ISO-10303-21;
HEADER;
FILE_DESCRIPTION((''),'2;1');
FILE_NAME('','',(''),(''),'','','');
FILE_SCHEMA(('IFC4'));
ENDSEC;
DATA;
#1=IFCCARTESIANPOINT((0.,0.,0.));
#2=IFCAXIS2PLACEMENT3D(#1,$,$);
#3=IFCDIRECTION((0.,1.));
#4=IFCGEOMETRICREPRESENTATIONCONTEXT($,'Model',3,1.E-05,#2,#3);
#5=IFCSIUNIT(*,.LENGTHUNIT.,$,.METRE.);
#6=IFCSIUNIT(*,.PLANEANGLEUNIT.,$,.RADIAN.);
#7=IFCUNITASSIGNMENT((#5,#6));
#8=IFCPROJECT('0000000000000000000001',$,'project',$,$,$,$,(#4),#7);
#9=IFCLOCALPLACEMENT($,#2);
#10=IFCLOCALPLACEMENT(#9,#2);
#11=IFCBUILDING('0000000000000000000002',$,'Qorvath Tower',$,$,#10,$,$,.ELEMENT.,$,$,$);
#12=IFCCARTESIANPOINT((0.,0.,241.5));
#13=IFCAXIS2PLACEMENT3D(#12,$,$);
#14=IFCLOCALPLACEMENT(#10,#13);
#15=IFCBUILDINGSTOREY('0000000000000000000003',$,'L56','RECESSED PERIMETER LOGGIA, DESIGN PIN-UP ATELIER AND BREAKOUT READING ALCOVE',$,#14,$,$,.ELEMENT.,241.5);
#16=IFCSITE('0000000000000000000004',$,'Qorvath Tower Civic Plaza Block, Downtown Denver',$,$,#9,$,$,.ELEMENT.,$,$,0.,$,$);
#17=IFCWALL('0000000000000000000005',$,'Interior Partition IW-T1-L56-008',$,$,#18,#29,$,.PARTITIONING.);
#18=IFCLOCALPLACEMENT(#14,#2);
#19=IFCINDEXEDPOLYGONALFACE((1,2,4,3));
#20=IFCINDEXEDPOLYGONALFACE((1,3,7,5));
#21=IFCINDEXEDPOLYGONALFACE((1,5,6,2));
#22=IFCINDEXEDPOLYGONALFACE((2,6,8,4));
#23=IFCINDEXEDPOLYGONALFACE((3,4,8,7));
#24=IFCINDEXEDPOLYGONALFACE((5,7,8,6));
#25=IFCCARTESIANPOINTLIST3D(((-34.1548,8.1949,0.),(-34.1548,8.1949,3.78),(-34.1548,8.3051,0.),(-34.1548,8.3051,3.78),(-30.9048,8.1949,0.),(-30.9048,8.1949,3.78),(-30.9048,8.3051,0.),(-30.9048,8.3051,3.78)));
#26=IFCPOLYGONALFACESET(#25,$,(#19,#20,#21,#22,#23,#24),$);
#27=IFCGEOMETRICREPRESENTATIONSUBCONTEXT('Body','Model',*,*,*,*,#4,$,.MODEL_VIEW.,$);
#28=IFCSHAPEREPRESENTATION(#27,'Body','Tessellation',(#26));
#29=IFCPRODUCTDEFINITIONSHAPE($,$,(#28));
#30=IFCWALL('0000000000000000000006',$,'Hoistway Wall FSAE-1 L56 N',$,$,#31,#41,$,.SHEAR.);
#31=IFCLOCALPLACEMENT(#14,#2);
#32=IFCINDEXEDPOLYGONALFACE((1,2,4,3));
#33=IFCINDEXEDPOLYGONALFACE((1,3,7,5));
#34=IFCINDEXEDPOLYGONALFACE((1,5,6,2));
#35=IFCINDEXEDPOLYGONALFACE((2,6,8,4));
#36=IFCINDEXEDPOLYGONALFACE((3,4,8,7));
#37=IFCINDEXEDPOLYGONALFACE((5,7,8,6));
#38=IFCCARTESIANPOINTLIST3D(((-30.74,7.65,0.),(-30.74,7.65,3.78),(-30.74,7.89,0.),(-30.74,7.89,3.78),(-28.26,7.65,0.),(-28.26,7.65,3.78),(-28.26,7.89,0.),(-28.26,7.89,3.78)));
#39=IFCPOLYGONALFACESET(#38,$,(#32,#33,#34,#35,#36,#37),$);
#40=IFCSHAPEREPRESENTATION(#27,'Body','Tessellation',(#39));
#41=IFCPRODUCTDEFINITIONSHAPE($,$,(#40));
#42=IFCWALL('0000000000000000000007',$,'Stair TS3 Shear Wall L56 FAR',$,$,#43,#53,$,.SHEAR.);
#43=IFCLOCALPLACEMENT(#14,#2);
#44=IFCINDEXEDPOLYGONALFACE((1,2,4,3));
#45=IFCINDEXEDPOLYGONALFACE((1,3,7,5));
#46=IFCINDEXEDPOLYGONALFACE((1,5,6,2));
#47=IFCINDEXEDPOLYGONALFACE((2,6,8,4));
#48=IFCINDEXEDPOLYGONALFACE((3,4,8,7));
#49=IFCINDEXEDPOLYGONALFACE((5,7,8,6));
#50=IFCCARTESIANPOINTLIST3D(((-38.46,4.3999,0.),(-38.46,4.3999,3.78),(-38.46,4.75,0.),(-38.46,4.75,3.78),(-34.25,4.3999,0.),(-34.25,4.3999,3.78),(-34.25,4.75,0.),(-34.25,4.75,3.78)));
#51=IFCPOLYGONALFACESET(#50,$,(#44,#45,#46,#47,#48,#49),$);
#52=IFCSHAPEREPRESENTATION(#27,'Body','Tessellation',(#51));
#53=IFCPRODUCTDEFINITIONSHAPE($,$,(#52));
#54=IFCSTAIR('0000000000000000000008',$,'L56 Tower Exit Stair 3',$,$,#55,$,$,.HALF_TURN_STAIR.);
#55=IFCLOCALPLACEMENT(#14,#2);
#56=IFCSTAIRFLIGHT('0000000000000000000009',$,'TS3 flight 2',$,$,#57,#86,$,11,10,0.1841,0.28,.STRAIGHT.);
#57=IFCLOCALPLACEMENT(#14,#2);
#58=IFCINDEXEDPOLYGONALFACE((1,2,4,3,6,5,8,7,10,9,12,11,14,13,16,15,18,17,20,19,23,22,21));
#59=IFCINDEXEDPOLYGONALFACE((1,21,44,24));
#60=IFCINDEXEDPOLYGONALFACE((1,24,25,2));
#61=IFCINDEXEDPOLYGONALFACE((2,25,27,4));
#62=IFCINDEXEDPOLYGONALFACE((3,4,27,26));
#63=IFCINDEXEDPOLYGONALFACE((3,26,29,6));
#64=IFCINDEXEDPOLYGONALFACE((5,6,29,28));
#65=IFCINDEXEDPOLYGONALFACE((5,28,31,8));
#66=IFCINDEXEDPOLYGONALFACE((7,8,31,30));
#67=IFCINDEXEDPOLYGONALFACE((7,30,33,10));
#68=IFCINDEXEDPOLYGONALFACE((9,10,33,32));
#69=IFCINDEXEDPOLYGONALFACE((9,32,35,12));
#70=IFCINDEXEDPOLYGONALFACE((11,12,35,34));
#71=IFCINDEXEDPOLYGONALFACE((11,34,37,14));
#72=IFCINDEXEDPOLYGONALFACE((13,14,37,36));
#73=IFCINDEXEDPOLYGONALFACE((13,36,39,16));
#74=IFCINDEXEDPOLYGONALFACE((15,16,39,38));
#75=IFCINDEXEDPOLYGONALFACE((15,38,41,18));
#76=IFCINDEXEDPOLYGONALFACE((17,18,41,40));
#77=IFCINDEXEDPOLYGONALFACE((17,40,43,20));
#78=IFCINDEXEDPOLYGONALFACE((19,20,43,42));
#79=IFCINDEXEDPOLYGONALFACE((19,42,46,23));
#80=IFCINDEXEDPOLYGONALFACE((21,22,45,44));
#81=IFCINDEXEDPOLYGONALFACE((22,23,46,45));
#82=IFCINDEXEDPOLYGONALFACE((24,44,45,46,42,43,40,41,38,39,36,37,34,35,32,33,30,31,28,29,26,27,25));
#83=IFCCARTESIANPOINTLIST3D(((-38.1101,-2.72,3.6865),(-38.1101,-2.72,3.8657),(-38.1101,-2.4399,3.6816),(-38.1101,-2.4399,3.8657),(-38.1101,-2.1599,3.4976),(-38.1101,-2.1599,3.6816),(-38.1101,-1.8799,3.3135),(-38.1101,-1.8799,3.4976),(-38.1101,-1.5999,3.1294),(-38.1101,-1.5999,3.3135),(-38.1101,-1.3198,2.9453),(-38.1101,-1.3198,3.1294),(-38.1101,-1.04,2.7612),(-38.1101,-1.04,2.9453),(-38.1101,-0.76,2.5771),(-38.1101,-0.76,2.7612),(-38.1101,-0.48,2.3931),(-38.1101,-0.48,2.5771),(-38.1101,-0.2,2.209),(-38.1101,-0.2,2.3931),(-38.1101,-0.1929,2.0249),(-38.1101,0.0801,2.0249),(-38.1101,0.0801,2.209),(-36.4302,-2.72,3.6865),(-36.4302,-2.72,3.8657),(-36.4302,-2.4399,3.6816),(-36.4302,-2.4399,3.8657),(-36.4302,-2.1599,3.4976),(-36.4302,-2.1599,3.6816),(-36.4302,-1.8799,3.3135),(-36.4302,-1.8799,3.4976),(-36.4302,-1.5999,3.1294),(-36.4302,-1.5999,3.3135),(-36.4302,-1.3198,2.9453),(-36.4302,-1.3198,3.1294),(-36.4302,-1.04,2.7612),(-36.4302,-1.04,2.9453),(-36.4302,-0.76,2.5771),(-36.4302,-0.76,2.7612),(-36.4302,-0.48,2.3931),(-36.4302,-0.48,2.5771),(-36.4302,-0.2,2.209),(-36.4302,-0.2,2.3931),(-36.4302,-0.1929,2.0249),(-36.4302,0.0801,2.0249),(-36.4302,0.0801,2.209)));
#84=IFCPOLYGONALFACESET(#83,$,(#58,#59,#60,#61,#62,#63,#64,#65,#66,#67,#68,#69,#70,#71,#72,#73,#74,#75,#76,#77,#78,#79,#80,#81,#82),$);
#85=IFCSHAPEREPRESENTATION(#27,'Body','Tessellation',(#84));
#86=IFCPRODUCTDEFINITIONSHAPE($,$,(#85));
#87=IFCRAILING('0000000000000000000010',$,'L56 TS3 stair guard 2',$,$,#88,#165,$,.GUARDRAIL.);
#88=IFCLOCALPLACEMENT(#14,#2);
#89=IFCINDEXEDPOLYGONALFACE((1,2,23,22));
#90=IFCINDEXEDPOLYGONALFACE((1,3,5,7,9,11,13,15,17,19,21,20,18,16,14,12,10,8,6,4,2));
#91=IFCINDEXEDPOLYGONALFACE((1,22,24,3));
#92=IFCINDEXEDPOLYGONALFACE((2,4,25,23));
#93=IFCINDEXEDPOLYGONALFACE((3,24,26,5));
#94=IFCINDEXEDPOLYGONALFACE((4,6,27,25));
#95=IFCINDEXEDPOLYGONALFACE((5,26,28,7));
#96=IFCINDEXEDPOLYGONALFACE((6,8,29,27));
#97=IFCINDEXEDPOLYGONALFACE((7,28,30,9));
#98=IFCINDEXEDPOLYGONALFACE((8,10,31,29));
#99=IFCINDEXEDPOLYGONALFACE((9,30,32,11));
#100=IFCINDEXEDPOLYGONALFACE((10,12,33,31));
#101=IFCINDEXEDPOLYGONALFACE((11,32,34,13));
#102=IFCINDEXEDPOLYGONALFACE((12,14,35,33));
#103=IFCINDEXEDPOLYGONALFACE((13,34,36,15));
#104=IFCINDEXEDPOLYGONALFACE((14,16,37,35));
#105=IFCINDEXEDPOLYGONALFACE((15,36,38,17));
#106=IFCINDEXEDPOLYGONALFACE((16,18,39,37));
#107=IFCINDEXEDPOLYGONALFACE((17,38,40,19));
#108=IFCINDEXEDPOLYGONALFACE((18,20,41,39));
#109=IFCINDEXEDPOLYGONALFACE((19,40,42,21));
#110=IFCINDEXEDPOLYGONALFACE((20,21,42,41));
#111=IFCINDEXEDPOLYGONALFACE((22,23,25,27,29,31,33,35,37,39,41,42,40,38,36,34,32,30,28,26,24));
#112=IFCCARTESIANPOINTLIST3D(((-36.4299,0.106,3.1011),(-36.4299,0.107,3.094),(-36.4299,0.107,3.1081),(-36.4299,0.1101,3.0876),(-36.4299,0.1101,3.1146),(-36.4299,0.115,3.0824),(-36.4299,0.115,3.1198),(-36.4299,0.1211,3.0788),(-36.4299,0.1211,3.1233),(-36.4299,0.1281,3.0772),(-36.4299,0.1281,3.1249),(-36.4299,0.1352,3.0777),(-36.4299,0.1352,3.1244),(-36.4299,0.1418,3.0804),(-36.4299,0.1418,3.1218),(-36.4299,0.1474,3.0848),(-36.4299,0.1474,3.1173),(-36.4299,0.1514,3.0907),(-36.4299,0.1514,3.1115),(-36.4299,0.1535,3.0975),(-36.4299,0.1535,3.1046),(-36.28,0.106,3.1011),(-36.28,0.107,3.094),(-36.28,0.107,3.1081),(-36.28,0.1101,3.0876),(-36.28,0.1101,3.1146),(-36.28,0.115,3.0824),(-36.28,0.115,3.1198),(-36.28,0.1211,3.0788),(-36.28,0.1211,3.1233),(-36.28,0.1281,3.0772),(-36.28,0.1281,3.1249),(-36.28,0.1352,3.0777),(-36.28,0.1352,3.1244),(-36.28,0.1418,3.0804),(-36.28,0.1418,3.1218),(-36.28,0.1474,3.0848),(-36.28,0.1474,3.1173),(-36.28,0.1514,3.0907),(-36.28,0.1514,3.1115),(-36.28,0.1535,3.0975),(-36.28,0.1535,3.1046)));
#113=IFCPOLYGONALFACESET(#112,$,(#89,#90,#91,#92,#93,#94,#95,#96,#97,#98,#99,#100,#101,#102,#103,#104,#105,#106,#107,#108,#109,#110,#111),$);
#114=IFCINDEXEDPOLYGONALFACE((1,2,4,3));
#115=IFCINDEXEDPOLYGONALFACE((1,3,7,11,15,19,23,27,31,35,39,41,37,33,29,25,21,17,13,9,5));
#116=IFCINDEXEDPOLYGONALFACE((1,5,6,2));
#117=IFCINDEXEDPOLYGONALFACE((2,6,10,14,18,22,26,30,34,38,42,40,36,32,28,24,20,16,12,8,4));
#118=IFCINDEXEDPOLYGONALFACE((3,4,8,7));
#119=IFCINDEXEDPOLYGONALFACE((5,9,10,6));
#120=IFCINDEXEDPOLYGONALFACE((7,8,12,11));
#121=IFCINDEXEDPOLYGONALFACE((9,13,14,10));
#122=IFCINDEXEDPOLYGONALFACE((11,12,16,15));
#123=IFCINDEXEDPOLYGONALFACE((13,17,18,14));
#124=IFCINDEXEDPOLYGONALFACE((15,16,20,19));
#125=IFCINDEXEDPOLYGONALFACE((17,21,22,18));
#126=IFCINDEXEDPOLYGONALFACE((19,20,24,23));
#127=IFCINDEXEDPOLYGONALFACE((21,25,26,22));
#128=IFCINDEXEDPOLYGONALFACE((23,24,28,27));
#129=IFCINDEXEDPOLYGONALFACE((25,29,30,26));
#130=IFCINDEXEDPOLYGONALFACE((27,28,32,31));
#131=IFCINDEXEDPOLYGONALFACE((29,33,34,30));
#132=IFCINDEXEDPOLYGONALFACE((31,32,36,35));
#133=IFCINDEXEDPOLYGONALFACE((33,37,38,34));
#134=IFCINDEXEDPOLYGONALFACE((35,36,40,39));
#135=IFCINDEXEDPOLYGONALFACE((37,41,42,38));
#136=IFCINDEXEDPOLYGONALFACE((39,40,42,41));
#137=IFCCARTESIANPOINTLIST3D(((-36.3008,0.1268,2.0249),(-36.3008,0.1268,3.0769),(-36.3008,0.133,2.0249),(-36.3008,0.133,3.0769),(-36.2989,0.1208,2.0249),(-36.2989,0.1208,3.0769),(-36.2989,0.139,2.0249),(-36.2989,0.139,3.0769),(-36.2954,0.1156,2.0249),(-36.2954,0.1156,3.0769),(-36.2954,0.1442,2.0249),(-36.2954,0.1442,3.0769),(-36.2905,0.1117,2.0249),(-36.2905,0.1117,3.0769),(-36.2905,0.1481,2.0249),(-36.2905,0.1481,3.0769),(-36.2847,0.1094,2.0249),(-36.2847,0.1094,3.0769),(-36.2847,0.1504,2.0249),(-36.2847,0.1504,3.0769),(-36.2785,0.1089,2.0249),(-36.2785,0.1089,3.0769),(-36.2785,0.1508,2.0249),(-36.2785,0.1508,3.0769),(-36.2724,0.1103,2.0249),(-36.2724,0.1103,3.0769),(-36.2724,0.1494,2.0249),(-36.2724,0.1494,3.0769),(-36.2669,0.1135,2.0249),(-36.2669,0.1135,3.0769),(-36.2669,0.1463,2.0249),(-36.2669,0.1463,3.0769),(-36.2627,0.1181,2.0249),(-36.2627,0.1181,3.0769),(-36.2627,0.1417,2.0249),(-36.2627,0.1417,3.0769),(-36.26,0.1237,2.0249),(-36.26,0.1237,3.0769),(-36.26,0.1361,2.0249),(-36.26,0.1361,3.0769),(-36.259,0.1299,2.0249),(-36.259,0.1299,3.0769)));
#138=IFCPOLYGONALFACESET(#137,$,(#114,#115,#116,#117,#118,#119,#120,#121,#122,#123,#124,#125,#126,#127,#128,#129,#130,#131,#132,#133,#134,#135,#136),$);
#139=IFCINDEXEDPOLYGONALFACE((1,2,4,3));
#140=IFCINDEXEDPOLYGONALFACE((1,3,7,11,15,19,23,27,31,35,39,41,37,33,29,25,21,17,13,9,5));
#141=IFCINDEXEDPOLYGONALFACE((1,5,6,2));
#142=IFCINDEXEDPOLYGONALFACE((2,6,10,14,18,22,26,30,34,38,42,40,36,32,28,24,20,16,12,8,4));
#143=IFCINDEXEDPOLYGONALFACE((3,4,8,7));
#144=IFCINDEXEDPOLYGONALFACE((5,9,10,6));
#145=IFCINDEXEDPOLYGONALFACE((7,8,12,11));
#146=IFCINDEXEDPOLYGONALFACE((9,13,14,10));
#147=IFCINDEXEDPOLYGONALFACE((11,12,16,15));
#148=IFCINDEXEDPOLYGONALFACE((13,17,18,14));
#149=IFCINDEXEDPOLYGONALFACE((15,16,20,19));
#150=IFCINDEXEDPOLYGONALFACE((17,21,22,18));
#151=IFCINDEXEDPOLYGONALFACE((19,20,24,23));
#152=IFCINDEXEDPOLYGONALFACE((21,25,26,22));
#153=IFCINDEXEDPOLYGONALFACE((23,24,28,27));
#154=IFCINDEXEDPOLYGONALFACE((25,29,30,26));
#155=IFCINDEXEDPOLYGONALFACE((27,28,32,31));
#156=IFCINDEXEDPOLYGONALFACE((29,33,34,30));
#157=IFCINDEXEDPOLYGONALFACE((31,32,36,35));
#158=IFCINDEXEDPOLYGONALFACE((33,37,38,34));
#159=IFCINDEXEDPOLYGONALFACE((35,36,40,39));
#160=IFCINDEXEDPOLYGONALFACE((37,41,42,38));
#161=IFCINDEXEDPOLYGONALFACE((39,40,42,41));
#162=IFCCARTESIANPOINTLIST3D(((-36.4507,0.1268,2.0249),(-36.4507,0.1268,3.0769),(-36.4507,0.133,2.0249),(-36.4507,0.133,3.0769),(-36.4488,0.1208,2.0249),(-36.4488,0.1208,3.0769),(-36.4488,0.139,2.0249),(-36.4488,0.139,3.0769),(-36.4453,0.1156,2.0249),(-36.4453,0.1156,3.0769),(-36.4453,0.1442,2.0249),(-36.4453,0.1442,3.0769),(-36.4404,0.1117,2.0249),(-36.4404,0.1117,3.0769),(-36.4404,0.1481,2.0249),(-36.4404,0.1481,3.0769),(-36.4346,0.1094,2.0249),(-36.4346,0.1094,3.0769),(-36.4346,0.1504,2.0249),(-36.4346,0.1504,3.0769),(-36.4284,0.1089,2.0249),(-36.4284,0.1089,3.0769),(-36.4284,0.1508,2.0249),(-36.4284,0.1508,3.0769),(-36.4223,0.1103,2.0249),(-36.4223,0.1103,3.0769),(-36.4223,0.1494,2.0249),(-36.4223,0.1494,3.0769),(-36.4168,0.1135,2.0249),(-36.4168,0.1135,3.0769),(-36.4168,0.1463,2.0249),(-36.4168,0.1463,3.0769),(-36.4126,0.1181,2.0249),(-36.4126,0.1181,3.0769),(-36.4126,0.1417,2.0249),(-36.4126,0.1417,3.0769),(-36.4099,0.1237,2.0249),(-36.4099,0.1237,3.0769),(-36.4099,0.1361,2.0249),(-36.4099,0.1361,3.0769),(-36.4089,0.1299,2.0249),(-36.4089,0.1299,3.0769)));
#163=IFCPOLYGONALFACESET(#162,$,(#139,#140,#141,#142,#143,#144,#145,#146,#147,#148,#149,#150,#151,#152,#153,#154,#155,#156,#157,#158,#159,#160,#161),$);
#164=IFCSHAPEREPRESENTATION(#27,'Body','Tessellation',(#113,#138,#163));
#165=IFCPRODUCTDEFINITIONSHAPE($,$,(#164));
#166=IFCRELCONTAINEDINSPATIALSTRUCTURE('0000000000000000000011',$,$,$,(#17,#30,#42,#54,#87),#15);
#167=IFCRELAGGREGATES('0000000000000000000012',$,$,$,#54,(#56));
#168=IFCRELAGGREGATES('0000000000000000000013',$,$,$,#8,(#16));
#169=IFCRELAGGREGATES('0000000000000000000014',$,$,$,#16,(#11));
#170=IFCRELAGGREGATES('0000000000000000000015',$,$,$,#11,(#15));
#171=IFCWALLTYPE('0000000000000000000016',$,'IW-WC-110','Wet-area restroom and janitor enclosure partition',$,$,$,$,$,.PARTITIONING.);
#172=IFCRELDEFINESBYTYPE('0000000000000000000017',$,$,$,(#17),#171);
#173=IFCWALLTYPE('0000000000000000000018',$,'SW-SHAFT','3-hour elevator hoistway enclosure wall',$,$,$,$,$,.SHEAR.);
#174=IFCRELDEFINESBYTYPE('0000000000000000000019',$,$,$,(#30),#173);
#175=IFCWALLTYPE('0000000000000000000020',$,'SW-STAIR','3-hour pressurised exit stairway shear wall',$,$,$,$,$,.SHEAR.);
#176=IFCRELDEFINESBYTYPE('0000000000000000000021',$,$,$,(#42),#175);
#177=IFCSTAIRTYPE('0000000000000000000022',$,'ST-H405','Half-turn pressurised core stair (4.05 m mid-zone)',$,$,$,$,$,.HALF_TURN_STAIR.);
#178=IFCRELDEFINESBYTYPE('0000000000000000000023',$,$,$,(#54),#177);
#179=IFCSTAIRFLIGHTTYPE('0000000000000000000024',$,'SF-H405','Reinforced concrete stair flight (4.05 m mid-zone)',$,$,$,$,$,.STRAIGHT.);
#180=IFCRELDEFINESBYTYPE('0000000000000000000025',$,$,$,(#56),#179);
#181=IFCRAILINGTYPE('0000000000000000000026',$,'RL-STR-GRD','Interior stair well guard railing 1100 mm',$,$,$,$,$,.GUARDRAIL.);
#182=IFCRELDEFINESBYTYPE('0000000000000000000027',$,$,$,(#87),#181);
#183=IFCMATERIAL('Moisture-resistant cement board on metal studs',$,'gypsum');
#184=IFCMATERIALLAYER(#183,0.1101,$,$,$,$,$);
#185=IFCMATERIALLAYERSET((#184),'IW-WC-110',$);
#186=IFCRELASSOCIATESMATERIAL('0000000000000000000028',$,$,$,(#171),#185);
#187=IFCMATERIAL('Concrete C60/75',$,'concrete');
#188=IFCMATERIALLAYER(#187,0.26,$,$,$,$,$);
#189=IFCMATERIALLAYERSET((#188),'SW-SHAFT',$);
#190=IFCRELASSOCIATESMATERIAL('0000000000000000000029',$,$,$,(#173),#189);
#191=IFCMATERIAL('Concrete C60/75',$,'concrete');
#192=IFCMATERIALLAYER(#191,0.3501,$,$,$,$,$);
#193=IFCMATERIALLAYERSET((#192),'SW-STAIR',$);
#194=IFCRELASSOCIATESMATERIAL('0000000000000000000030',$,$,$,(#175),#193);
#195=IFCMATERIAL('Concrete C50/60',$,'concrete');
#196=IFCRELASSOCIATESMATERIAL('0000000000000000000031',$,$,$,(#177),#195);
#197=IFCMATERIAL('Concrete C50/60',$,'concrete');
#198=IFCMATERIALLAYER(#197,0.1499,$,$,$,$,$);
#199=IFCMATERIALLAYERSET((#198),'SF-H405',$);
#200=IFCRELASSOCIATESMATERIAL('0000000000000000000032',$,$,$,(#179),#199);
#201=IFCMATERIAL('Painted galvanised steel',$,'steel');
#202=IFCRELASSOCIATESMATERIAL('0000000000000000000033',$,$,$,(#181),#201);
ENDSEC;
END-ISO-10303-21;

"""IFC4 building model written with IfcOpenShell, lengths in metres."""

from ifc_helpers import new_model, si_unit, direction, frame, frame_2d, origin, origin_2d, place, context, subcontext, project, spatial, polyline, rectangle, circle, outline, extrude, material, layer, layer_set, type_object, element, aggregate, save


model = new_model("IFC4")

# Units and contexts
model_context = context("Model", 3, precision=1e-05, world=origin(), true_north=direction((0.0, 1.0)))
body_context = subcontext(model_context, "Body", "Model", "MODEL_VIEW")
ifc_project = project(units=[si_unit("LENGTHUNIT", "METRE"), si_unit("PLANEANGLEUNIT", "RADIAN")], contexts=[model_context])

# Site, building, storey
site_placement = place(None, origin())
site = spatial("IfcSite", under=ifc_project, at=site_placement, Name="Qorvath Tower Civic Plaza Block, Downtown Denver", CompositionType="ELEMENT", RefElevation=0.0)
building_placement = place(site_placement, origin())
building = spatial("IfcBuilding", under=site, at=building_placement, Name="Qorvath Tower", CompositionType="ELEMENT")
storey_placement = place(building_placement, frame((0.0, 0.0, 241.5)))
storey = spatial("IfcBuildingStorey", under=building, at=storey_placement, Name="L56", Description="RECESSED PERIMETER LOGGIA, DESIGN PIN-UP ATELIER AND BREAKOUT READING ALCOVE", CompositionType="ELEMENT", Elevation=241.5)

# Shared definitions
ifc_material_1 = material(Name="Moisture-resistant cement board on metal studs", Category="gypsum")
ifc_layer_1 = layer(ifc_material_1, 0.1101)
ifc_layer_set_1 = layer_set([ifc_layer_1], Name="IW-WC-110")
wall_type_1 = type_object("IfcWallType", Name="IW-WC-110", Description="Wet-area restroom and janitor enclosure partition", PredefinedType="PARTITIONING", material=ifc_layer_set_1)

# Walls
wall_1_placement = place(storey_placement, frame((-30.9048, 8.25, 0.0), z_axis=(0.0, 0.0, 1.0), x_axis=(-1.0, 0.0, 0.0)))
element("IfcWall", 1, at=wall_1_placement, inside=storey, type_object=wall_type_1, Name="Interior Partition IW-T1-L56-008", PredefinedType="PARTITIONING", context=body_context, shape_type="SweptSolid", body=[
    extrude(rectangle(XDim=3.25, YDim=0.1101, at=frame_2d((1.625, 0.0))), origin(), (0.0, 0.0, 1.0), 3.78),
])
ifc_material_2 = material(Name="Concrete C60/75", Category="concrete")
ifc_layer_2 = layer(ifc_material_2, 0.26)
ifc_layer_set_2 = layer_set([ifc_layer_2], Name="SW-SHAFT")
wall_type_2 = type_object("IfcWallType", Name="SW-SHAFT", Description="3-hour elevator hoistway enclosure wall", PredefinedType="SHEAR", material=ifc_layer_set_2)
wall_2_placement = place(storey_placement, frame((-30.74, 7.77, 0.0), z_axis=(0.0, 0.0, 1.0), x_axis=(1.0, 0.0, 0.0)))
element("IfcWall", 2, at=wall_2_placement, inside=storey, type_object=wall_type_2, Name="Hoistway Wall FSAE-1 L56 N", PredefinedType="SHEAR", context=body_context, shape_type="SweptSolid", body=[
    extrude(rectangle(XDim=2.48, YDim=0.24, at=frame_2d((1.24, 0.0))), origin(), (0.0, 0.0, 1.0), 3.78),
])
ifc_material_3 = material(Name="Concrete C60/75", Category="concrete")
ifc_layer_3 = layer(ifc_material_3, 0.3501)
ifc_layer_set_3 = layer_set([ifc_layer_3], Name="SW-STAIR")
wall_type_3 = type_object("IfcWallType", Name="SW-STAIR", Description="3-hour pressurised exit stairway shear wall", PredefinedType="SHEAR", material=ifc_layer_set_3)
wall_3_placement = place(storey_placement, frame((-34.25, 4.575, 0.0), z_axis=(0.0, 0.0, 1.0), x_axis=(-1.0, 0.0, 0.0)))
element("IfcWall", 3, at=wall_3_placement, inside=storey, type_object=wall_type_3, Name="Stair TS3 Shear Wall L56 FAR", PredefinedType="SHEAR", context=body_context, shape_type="SweptSolid", body=[
    extrude(rectangle(XDim=4.21, YDim=0.3501, at=frame_2d((2.105, 0.0))), origin(), (0.0, 0.0, 1.0), 3.78),
])

# Stair, stair flight
ifc_material_4 = material(Name="Concrete C50/60", Category="concrete")
stair_type = type_object("IfcStairType", Name="ST-H405", Description="Half-turn pressurised core stair (4.05 m mid-zone)", PredefinedType="HALF_TURN_STAIR", material=ifc_material_4)
stair_placement = place(storey_placement, origin())
stair = element("IfcStair", 4, at=stair_placement, inside=storey, type_object=stair_type, Name="L56 Tower Exit Stair 3", PredefinedType="HALF_TURN_STAIR")
ifc_material_5 = material(Name="Concrete C50/60", Category="concrete")
ifc_layer_4 = layer(ifc_material_5, 0.1499)
ifc_layer_set_4 = layer_set([ifc_layer_4], Name="SF-H405")
stair_flight_type = type_object("IfcStairFlightType", Name="SF-H405", Description="Reinforced concrete stair flight (4.05 m mid-zone)", PredefinedType="STRAIGHT", material=ifc_layer_set_4)
stair_flight_placement = place(storey_placement, frame((-37.27, 0.0801, 2.0249), z_axis=(0.0, 0.0, 1.0), x_axis=(0.0, -1.0, 0.0)))
stair_flight = element("IfcStairFlight", 5, at=stair_flight_placement, type_object=stair_flight_type, Name="TS3 flight 2", NumberOfRisers=11, NumberOfTreads=10, PredefinedType="STRAIGHT", RiserHeight=0.1841, TreadLength=0.28, context=body_context, shape_type="SweptSolid", body=[
    extrude(outline(polyline([(0.0, 0.0), (0.0, 0.1841), (0.28, 0.1841), (0.28, 0.3682), (0.5601, 0.3682), (0.5601, 0.5522), (0.8401, 0.5522), (0.8401, 0.7363), (1.1201, 0.7363), (1.1201, 0.9204), (1.3999, 0.9204), (1.3999, 1.1045), (1.6799, 1.1045), (1.6799, 1.2886), (1.96, 1.2886), (1.96, 1.4727), (2.24, 1.4727), (2.24, 1.6567), (2.52, 1.6567), (2.52, 1.8408), (2.8, 1.8408), (2.8, 2.0249), (2.8, 1.6616), (0.2729, 0.0), (0.0, 0.0)])), frame((0.0, 0.8398, 0.0), z_axis=(0.0, -1.0, 0.0), x_axis=(1.0, 0.0, 0.0)), (0.0, 0.0, 1.0), 1.6799),
])
aggregate(stair, [stair_flight])

# Railing
ifc_material_6 = material(Name="Painted galvanised steel", Category="steel")
railing_type = type_object("IfcRailingType", Name="RL-STR-GRD", Description="Interior stair well guard railing 1100 mm", PredefinedType="GUARDRAIL", material=ifc_material_6)
railing_1_placement = place(storey_placement, frame((-36.28, 0.1299, 2.0249)))
element("IfcRailing", 6, at=railing_1_placement, inside=storey, type_object=railing_type, Name="L56 TS3 stair guard 2", PredefinedType="GUARDRAIL", context=body_context, shape_type="SweptSolid", body=[
    extrude(circle(Radius=0.0239, at=origin_2d()), frame((0.0, 0.0, 1.0762), z_axis=(-1.0, 0.0, 0.0), x_axis=(0.0, -1.0, 0.0)), (0.0, 0.0, 1.0), 0.1499),
    extrude(circle(Radius=0.021, at=origin_2d()), origin(), (0.0, 0.0, 1.0), 1.052),
    extrude(circle(Radius=0.021, at=origin_2d()), frame((-0.1499, 0.0, 0.0)), (0.0, 0.0, 1.0), 1.052),
])

save(model, "model.ifc")
